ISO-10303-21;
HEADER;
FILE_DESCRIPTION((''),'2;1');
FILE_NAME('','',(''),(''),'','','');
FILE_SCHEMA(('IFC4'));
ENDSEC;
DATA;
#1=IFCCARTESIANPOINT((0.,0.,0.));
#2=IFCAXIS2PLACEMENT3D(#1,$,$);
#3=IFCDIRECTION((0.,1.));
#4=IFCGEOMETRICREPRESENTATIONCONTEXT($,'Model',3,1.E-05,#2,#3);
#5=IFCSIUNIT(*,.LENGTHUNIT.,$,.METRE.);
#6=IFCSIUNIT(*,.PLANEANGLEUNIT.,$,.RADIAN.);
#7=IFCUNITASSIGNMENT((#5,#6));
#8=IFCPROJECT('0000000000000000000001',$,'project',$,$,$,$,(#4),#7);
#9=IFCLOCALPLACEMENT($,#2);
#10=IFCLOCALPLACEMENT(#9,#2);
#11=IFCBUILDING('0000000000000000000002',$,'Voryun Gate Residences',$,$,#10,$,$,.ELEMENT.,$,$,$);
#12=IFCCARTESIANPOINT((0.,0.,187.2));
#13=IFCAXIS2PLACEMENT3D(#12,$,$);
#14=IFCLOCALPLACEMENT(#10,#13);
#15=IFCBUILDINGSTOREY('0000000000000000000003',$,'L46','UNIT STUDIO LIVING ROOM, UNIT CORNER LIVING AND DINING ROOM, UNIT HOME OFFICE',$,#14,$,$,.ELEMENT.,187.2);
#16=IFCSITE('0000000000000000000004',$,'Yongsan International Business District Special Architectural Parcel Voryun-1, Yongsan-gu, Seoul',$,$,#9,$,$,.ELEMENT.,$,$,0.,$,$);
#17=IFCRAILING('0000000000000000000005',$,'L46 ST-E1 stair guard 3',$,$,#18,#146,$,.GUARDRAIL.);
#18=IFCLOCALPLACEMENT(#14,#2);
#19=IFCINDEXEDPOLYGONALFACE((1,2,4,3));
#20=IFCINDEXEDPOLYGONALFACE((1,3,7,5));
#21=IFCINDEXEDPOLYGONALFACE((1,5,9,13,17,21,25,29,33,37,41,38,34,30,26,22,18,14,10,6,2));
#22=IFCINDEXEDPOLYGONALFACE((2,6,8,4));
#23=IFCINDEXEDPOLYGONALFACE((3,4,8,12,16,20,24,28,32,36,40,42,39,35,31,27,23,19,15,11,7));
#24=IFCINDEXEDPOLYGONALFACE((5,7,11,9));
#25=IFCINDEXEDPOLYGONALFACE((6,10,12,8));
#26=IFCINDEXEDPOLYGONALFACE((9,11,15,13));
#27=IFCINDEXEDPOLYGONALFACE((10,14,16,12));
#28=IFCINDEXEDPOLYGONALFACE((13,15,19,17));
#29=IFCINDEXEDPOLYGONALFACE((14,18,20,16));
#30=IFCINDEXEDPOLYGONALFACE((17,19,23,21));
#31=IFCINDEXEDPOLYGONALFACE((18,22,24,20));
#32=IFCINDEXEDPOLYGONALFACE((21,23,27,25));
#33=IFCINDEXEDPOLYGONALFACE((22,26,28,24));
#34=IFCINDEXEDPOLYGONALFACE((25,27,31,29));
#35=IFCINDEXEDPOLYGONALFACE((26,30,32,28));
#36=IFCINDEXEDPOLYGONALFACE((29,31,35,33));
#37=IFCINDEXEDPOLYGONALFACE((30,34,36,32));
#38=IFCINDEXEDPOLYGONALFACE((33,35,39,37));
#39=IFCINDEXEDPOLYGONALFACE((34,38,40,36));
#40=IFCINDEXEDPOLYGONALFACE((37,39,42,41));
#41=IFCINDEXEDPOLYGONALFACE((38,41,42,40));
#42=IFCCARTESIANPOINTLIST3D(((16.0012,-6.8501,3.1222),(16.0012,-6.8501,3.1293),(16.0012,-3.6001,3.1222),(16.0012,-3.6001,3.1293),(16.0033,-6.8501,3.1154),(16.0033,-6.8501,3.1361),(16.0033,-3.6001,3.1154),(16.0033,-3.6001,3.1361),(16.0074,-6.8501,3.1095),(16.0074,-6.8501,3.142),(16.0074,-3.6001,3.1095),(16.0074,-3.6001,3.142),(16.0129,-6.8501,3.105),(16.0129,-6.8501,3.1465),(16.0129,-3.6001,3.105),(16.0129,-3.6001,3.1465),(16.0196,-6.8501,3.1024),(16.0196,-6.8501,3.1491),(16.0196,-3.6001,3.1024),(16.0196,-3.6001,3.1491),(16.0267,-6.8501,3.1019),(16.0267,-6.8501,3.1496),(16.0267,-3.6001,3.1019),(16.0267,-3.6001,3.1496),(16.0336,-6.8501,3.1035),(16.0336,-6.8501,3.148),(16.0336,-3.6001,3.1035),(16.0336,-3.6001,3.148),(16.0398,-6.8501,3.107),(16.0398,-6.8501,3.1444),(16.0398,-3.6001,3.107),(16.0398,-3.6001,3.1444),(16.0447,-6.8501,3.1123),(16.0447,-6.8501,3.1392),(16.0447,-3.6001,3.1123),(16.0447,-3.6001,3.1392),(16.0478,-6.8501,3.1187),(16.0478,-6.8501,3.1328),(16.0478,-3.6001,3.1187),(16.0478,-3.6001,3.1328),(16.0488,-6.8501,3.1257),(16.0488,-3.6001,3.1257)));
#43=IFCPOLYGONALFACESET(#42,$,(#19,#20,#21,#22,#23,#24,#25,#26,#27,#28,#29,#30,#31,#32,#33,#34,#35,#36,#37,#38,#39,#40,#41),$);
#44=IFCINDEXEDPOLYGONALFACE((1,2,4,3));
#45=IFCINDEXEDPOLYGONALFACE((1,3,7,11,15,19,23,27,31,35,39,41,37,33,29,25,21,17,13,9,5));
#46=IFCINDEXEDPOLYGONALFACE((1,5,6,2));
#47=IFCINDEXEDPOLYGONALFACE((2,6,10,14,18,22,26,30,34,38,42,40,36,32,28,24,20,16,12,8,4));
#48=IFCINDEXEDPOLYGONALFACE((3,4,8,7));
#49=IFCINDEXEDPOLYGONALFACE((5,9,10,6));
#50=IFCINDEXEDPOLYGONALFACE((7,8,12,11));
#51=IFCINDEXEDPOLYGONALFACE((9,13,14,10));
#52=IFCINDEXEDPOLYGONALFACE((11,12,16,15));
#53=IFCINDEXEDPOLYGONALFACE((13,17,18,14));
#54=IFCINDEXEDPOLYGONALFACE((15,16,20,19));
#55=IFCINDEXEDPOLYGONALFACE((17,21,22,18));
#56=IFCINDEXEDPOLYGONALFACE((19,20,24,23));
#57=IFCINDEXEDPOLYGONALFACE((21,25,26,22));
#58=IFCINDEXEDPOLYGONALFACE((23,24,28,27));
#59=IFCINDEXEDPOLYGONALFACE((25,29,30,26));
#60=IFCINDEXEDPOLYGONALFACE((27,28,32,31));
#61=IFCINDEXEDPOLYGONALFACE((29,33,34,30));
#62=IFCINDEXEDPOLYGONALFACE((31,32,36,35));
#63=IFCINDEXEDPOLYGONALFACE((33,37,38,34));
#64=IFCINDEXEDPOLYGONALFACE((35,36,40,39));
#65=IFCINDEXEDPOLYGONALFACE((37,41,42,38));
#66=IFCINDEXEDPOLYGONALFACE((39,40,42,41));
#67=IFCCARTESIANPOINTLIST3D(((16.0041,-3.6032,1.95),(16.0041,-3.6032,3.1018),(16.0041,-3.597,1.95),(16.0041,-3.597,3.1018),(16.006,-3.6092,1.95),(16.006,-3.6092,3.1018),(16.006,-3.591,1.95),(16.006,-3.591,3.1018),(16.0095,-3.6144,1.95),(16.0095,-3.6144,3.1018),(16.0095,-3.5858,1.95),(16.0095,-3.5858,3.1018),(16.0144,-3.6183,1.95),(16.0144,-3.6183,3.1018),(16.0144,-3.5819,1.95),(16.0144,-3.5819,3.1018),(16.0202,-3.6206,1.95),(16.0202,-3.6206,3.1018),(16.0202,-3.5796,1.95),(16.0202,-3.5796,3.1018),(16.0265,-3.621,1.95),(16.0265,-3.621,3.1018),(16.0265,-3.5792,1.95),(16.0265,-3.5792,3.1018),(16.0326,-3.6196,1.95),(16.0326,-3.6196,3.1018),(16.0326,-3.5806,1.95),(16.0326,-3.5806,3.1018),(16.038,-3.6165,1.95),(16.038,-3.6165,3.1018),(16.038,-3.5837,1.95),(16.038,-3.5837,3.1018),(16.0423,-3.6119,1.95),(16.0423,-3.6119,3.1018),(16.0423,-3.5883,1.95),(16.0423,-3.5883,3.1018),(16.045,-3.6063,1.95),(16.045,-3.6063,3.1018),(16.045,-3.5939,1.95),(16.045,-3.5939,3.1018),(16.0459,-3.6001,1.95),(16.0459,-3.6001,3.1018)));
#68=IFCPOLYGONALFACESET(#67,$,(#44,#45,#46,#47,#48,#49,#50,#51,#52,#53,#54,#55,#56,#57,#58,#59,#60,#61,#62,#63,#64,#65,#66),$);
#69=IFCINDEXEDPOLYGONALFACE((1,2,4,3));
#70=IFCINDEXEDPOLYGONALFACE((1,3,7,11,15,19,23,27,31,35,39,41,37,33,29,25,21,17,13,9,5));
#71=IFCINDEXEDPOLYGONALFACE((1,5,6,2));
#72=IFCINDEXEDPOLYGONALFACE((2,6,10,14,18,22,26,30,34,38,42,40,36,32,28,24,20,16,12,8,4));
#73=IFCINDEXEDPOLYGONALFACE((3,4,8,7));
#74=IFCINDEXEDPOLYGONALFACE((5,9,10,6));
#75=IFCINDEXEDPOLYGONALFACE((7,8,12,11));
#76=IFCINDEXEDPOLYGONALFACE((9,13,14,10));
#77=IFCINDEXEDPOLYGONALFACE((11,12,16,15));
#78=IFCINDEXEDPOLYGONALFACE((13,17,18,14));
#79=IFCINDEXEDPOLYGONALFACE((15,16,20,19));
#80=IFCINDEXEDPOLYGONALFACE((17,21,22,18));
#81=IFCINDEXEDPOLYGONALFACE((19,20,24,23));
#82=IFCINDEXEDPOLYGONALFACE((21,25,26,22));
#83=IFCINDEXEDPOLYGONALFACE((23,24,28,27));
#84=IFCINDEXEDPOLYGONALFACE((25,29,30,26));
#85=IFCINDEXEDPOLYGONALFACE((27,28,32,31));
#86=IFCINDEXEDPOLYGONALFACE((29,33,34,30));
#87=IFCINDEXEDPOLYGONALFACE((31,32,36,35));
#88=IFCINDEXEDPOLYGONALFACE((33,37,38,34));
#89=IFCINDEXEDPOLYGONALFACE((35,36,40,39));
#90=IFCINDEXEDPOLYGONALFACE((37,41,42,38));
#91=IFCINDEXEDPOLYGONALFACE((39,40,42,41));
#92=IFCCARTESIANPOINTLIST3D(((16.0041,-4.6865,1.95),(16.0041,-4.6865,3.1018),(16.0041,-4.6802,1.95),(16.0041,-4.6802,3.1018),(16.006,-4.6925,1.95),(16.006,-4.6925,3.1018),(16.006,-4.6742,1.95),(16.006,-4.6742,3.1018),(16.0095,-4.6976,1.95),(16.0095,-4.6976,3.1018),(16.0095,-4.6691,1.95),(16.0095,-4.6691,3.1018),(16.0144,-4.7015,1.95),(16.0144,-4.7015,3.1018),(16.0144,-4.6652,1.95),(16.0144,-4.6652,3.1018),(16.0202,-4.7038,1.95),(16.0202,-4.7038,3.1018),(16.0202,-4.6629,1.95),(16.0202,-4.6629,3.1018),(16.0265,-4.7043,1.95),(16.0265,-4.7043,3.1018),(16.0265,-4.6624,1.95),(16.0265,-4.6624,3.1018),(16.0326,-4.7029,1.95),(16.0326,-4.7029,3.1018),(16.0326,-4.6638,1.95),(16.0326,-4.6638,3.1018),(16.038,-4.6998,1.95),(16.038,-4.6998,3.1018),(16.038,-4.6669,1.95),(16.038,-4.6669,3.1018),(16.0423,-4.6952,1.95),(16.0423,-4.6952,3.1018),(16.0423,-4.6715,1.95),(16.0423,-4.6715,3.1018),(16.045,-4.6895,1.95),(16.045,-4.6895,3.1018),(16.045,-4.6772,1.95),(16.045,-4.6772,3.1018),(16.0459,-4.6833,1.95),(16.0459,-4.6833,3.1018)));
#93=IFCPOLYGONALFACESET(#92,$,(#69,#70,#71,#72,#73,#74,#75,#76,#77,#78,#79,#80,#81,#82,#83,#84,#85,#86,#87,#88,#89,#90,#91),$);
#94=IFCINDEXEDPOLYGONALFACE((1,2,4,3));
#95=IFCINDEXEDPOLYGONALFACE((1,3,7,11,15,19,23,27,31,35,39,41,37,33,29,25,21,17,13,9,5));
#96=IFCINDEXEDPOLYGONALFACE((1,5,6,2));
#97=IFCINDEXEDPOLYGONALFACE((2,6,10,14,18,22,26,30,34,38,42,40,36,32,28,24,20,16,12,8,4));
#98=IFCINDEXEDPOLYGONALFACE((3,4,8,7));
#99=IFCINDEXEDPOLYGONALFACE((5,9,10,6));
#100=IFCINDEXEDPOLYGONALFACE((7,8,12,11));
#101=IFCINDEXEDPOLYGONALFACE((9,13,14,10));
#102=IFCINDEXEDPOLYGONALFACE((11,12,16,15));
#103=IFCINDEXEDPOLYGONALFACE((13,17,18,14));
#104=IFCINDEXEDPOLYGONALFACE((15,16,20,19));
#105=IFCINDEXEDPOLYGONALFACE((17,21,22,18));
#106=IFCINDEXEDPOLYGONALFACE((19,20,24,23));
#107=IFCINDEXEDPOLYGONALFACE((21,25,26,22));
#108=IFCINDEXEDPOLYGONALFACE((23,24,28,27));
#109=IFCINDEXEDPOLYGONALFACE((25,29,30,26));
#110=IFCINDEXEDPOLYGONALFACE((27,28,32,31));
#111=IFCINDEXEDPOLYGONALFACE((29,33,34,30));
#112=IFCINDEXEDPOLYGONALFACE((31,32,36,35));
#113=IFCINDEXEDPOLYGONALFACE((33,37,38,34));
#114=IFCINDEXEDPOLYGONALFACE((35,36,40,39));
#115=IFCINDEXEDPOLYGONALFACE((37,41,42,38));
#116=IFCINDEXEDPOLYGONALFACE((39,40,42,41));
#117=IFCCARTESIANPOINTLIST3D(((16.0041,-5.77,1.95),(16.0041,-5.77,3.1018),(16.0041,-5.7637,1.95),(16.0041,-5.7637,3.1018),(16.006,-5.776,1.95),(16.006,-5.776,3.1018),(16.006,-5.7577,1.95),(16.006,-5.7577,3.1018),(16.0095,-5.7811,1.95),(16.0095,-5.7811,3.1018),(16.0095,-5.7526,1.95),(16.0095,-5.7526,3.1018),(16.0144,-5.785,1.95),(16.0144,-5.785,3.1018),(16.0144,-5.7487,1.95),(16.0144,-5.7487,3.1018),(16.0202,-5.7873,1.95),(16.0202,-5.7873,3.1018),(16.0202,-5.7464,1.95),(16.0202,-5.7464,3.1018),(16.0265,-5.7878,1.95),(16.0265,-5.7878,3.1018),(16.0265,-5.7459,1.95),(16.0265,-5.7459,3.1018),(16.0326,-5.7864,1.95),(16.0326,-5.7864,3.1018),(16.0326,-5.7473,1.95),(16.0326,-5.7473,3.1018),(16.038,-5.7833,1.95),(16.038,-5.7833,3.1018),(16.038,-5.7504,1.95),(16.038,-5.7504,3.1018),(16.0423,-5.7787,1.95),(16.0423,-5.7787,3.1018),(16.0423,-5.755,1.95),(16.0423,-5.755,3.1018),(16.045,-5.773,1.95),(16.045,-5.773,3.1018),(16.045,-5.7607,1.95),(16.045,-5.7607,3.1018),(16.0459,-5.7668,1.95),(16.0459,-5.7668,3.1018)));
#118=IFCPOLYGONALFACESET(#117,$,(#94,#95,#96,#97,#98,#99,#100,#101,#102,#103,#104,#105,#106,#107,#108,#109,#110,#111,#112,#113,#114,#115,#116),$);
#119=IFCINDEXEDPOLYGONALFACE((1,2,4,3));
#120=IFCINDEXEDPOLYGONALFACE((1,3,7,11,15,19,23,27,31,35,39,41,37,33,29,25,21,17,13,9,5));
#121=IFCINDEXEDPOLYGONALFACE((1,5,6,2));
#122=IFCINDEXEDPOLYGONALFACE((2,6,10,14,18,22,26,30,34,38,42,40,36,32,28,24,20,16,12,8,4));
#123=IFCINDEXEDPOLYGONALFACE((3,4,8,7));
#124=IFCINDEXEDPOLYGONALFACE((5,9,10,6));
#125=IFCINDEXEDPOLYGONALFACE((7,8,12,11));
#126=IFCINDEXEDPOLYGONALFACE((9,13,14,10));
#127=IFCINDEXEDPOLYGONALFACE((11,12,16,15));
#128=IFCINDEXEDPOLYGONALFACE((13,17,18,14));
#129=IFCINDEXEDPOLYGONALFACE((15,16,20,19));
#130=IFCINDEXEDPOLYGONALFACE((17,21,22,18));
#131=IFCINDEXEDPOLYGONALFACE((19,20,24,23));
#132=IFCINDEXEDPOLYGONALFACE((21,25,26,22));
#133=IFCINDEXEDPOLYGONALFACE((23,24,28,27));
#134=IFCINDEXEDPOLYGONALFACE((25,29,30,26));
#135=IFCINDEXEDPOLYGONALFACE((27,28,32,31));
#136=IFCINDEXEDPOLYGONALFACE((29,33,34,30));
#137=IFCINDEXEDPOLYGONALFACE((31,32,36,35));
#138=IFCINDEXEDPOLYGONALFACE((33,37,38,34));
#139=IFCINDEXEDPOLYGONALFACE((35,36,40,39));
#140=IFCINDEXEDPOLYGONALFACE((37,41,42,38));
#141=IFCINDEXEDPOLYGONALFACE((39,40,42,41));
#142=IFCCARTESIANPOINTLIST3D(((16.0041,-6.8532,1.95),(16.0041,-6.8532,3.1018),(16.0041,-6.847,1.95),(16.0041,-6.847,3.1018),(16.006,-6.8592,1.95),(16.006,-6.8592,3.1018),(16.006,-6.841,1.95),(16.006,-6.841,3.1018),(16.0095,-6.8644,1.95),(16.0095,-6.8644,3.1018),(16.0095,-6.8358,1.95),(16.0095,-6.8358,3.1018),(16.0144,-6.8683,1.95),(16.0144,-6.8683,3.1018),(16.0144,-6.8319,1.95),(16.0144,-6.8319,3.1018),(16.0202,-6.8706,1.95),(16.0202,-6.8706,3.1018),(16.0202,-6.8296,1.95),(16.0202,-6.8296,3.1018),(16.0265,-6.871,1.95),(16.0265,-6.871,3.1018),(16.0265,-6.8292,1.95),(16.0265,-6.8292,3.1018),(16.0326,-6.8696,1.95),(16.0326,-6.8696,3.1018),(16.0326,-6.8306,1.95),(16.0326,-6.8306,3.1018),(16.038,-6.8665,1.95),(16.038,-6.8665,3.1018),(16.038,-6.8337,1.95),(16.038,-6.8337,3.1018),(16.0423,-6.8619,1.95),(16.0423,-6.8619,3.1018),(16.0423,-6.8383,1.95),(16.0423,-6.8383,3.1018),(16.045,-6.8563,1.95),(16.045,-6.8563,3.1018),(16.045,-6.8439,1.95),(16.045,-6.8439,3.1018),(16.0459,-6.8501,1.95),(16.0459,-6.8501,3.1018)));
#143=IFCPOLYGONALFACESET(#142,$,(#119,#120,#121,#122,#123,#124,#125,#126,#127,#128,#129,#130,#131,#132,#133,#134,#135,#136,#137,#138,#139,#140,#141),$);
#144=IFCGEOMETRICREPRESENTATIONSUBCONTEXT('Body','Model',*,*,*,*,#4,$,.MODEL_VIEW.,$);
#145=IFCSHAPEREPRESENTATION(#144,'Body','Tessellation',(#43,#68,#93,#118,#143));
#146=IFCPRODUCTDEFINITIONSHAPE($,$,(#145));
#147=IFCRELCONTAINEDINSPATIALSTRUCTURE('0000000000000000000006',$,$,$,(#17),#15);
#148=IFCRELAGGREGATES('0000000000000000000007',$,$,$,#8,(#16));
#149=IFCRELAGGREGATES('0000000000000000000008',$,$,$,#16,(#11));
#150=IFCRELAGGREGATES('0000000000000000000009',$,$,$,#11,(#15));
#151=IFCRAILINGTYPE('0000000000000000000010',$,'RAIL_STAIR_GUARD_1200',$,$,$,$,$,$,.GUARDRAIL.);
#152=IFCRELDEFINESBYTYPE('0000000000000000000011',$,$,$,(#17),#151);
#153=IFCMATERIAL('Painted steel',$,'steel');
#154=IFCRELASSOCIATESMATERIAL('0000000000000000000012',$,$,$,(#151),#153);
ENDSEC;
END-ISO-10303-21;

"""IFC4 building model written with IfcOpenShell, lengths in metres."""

from ifc_helpers import new_model, si_unit, direction, frame, origin, origin_2d, place, context, subcontext, project, spatial, circle, extrude, material, type_object, element, save


model = new_model("IFC4")

# Units and contexts
model_context = context("Model", 3, precision=1e-05, world=origin(), true_north=direction((0.0, 1.0)))
body_context = subcontext(model_context, "Body", "Model", "MODEL_VIEW")
ifc_project = project(units=[si_unit("LENGTHUNIT", "METRE"), si_unit("PLANEANGLEUNIT", "RADIAN")], contexts=[model_context])

# Site, building, storey
site_placement = place(None, origin())
site = spatial("IfcSite", under=ifc_project, at=site_placement, Name="Yongsan International Business District Special Architectural Parcel Voryun-1, Yongsan-gu, Seoul", CompositionType="ELEMENT", RefElevation=0.0)
building_placement = place(site_placement, origin())
building = spatial("IfcBuilding", under=site, at=building_placement, Name="Voryun Gate Residences", CompositionType="ELEMENT")
storey_placement = place(building_placement, frame((0.0, 0.0, 187.2)))
storey = spatial("IfcBuildingStorey", under=building, at=storey_placement, Name="L46", Description="UNIT STUDIO LIVING ROOM, UNIT CORNER LIVING AND DINING ROOM, UNIT HOME OFFICE", CompositionType="ELEMENT", Elevation=187.2)

# Railing
ifc_material_1 = material(Name="Painted steel", Category="steel")
railing_type_1 = type_object("IfcRailingType", Name="RAIL_STAIR_GUARD_1200", PredefinedType="GUARDRAIL", material=ifc_material_1)
for number, where, name in (
    (1, (16.0249, -3.6001, 1.95), "L46 ST-E1 stair guard 3"),
):
    element("IfcRailing", number, at=place(storey_placement, frame(where)), inside=storey, type_object=railing_type_1, Name=name, PredefinedType="GUARDRAIL", context=body_context, shape_type="SweptSolid", body=[
        extrude(circle(Radius=0.0239, at=origin_2d()), frame((0.0, 0.0, 1.1758), z_axis=(0.0, -1.0, 0.0), x_axis=(1.0, 0.0, 0.0)), (0.0, 0.0, 1.0), 3.25),
        extrude(circle(Radius=0.021, at=origin_2d()), origin(), (0.0, 0.0, 1.0), 1.1519),
        extrude(circle(Radius=0.021, at=origin_2d()), frame((0.0, -1.0833, 0.0)), (0.0, 0.0, 1.0), 1.1519),
        extrude(circle(Radius=0.021, at=origin_2d()), frame((0.0, -2.1667, 0.0)), (0.0, 0.0, 1.0), 1.1519),
        extrude(circle(Radius=0.021, at=origin_2d()), frame((0.0, -3.25, 0.0)), (0.0, 0.0, 1.0), 1.1519),
    ])

save(model, "model.ifc")
